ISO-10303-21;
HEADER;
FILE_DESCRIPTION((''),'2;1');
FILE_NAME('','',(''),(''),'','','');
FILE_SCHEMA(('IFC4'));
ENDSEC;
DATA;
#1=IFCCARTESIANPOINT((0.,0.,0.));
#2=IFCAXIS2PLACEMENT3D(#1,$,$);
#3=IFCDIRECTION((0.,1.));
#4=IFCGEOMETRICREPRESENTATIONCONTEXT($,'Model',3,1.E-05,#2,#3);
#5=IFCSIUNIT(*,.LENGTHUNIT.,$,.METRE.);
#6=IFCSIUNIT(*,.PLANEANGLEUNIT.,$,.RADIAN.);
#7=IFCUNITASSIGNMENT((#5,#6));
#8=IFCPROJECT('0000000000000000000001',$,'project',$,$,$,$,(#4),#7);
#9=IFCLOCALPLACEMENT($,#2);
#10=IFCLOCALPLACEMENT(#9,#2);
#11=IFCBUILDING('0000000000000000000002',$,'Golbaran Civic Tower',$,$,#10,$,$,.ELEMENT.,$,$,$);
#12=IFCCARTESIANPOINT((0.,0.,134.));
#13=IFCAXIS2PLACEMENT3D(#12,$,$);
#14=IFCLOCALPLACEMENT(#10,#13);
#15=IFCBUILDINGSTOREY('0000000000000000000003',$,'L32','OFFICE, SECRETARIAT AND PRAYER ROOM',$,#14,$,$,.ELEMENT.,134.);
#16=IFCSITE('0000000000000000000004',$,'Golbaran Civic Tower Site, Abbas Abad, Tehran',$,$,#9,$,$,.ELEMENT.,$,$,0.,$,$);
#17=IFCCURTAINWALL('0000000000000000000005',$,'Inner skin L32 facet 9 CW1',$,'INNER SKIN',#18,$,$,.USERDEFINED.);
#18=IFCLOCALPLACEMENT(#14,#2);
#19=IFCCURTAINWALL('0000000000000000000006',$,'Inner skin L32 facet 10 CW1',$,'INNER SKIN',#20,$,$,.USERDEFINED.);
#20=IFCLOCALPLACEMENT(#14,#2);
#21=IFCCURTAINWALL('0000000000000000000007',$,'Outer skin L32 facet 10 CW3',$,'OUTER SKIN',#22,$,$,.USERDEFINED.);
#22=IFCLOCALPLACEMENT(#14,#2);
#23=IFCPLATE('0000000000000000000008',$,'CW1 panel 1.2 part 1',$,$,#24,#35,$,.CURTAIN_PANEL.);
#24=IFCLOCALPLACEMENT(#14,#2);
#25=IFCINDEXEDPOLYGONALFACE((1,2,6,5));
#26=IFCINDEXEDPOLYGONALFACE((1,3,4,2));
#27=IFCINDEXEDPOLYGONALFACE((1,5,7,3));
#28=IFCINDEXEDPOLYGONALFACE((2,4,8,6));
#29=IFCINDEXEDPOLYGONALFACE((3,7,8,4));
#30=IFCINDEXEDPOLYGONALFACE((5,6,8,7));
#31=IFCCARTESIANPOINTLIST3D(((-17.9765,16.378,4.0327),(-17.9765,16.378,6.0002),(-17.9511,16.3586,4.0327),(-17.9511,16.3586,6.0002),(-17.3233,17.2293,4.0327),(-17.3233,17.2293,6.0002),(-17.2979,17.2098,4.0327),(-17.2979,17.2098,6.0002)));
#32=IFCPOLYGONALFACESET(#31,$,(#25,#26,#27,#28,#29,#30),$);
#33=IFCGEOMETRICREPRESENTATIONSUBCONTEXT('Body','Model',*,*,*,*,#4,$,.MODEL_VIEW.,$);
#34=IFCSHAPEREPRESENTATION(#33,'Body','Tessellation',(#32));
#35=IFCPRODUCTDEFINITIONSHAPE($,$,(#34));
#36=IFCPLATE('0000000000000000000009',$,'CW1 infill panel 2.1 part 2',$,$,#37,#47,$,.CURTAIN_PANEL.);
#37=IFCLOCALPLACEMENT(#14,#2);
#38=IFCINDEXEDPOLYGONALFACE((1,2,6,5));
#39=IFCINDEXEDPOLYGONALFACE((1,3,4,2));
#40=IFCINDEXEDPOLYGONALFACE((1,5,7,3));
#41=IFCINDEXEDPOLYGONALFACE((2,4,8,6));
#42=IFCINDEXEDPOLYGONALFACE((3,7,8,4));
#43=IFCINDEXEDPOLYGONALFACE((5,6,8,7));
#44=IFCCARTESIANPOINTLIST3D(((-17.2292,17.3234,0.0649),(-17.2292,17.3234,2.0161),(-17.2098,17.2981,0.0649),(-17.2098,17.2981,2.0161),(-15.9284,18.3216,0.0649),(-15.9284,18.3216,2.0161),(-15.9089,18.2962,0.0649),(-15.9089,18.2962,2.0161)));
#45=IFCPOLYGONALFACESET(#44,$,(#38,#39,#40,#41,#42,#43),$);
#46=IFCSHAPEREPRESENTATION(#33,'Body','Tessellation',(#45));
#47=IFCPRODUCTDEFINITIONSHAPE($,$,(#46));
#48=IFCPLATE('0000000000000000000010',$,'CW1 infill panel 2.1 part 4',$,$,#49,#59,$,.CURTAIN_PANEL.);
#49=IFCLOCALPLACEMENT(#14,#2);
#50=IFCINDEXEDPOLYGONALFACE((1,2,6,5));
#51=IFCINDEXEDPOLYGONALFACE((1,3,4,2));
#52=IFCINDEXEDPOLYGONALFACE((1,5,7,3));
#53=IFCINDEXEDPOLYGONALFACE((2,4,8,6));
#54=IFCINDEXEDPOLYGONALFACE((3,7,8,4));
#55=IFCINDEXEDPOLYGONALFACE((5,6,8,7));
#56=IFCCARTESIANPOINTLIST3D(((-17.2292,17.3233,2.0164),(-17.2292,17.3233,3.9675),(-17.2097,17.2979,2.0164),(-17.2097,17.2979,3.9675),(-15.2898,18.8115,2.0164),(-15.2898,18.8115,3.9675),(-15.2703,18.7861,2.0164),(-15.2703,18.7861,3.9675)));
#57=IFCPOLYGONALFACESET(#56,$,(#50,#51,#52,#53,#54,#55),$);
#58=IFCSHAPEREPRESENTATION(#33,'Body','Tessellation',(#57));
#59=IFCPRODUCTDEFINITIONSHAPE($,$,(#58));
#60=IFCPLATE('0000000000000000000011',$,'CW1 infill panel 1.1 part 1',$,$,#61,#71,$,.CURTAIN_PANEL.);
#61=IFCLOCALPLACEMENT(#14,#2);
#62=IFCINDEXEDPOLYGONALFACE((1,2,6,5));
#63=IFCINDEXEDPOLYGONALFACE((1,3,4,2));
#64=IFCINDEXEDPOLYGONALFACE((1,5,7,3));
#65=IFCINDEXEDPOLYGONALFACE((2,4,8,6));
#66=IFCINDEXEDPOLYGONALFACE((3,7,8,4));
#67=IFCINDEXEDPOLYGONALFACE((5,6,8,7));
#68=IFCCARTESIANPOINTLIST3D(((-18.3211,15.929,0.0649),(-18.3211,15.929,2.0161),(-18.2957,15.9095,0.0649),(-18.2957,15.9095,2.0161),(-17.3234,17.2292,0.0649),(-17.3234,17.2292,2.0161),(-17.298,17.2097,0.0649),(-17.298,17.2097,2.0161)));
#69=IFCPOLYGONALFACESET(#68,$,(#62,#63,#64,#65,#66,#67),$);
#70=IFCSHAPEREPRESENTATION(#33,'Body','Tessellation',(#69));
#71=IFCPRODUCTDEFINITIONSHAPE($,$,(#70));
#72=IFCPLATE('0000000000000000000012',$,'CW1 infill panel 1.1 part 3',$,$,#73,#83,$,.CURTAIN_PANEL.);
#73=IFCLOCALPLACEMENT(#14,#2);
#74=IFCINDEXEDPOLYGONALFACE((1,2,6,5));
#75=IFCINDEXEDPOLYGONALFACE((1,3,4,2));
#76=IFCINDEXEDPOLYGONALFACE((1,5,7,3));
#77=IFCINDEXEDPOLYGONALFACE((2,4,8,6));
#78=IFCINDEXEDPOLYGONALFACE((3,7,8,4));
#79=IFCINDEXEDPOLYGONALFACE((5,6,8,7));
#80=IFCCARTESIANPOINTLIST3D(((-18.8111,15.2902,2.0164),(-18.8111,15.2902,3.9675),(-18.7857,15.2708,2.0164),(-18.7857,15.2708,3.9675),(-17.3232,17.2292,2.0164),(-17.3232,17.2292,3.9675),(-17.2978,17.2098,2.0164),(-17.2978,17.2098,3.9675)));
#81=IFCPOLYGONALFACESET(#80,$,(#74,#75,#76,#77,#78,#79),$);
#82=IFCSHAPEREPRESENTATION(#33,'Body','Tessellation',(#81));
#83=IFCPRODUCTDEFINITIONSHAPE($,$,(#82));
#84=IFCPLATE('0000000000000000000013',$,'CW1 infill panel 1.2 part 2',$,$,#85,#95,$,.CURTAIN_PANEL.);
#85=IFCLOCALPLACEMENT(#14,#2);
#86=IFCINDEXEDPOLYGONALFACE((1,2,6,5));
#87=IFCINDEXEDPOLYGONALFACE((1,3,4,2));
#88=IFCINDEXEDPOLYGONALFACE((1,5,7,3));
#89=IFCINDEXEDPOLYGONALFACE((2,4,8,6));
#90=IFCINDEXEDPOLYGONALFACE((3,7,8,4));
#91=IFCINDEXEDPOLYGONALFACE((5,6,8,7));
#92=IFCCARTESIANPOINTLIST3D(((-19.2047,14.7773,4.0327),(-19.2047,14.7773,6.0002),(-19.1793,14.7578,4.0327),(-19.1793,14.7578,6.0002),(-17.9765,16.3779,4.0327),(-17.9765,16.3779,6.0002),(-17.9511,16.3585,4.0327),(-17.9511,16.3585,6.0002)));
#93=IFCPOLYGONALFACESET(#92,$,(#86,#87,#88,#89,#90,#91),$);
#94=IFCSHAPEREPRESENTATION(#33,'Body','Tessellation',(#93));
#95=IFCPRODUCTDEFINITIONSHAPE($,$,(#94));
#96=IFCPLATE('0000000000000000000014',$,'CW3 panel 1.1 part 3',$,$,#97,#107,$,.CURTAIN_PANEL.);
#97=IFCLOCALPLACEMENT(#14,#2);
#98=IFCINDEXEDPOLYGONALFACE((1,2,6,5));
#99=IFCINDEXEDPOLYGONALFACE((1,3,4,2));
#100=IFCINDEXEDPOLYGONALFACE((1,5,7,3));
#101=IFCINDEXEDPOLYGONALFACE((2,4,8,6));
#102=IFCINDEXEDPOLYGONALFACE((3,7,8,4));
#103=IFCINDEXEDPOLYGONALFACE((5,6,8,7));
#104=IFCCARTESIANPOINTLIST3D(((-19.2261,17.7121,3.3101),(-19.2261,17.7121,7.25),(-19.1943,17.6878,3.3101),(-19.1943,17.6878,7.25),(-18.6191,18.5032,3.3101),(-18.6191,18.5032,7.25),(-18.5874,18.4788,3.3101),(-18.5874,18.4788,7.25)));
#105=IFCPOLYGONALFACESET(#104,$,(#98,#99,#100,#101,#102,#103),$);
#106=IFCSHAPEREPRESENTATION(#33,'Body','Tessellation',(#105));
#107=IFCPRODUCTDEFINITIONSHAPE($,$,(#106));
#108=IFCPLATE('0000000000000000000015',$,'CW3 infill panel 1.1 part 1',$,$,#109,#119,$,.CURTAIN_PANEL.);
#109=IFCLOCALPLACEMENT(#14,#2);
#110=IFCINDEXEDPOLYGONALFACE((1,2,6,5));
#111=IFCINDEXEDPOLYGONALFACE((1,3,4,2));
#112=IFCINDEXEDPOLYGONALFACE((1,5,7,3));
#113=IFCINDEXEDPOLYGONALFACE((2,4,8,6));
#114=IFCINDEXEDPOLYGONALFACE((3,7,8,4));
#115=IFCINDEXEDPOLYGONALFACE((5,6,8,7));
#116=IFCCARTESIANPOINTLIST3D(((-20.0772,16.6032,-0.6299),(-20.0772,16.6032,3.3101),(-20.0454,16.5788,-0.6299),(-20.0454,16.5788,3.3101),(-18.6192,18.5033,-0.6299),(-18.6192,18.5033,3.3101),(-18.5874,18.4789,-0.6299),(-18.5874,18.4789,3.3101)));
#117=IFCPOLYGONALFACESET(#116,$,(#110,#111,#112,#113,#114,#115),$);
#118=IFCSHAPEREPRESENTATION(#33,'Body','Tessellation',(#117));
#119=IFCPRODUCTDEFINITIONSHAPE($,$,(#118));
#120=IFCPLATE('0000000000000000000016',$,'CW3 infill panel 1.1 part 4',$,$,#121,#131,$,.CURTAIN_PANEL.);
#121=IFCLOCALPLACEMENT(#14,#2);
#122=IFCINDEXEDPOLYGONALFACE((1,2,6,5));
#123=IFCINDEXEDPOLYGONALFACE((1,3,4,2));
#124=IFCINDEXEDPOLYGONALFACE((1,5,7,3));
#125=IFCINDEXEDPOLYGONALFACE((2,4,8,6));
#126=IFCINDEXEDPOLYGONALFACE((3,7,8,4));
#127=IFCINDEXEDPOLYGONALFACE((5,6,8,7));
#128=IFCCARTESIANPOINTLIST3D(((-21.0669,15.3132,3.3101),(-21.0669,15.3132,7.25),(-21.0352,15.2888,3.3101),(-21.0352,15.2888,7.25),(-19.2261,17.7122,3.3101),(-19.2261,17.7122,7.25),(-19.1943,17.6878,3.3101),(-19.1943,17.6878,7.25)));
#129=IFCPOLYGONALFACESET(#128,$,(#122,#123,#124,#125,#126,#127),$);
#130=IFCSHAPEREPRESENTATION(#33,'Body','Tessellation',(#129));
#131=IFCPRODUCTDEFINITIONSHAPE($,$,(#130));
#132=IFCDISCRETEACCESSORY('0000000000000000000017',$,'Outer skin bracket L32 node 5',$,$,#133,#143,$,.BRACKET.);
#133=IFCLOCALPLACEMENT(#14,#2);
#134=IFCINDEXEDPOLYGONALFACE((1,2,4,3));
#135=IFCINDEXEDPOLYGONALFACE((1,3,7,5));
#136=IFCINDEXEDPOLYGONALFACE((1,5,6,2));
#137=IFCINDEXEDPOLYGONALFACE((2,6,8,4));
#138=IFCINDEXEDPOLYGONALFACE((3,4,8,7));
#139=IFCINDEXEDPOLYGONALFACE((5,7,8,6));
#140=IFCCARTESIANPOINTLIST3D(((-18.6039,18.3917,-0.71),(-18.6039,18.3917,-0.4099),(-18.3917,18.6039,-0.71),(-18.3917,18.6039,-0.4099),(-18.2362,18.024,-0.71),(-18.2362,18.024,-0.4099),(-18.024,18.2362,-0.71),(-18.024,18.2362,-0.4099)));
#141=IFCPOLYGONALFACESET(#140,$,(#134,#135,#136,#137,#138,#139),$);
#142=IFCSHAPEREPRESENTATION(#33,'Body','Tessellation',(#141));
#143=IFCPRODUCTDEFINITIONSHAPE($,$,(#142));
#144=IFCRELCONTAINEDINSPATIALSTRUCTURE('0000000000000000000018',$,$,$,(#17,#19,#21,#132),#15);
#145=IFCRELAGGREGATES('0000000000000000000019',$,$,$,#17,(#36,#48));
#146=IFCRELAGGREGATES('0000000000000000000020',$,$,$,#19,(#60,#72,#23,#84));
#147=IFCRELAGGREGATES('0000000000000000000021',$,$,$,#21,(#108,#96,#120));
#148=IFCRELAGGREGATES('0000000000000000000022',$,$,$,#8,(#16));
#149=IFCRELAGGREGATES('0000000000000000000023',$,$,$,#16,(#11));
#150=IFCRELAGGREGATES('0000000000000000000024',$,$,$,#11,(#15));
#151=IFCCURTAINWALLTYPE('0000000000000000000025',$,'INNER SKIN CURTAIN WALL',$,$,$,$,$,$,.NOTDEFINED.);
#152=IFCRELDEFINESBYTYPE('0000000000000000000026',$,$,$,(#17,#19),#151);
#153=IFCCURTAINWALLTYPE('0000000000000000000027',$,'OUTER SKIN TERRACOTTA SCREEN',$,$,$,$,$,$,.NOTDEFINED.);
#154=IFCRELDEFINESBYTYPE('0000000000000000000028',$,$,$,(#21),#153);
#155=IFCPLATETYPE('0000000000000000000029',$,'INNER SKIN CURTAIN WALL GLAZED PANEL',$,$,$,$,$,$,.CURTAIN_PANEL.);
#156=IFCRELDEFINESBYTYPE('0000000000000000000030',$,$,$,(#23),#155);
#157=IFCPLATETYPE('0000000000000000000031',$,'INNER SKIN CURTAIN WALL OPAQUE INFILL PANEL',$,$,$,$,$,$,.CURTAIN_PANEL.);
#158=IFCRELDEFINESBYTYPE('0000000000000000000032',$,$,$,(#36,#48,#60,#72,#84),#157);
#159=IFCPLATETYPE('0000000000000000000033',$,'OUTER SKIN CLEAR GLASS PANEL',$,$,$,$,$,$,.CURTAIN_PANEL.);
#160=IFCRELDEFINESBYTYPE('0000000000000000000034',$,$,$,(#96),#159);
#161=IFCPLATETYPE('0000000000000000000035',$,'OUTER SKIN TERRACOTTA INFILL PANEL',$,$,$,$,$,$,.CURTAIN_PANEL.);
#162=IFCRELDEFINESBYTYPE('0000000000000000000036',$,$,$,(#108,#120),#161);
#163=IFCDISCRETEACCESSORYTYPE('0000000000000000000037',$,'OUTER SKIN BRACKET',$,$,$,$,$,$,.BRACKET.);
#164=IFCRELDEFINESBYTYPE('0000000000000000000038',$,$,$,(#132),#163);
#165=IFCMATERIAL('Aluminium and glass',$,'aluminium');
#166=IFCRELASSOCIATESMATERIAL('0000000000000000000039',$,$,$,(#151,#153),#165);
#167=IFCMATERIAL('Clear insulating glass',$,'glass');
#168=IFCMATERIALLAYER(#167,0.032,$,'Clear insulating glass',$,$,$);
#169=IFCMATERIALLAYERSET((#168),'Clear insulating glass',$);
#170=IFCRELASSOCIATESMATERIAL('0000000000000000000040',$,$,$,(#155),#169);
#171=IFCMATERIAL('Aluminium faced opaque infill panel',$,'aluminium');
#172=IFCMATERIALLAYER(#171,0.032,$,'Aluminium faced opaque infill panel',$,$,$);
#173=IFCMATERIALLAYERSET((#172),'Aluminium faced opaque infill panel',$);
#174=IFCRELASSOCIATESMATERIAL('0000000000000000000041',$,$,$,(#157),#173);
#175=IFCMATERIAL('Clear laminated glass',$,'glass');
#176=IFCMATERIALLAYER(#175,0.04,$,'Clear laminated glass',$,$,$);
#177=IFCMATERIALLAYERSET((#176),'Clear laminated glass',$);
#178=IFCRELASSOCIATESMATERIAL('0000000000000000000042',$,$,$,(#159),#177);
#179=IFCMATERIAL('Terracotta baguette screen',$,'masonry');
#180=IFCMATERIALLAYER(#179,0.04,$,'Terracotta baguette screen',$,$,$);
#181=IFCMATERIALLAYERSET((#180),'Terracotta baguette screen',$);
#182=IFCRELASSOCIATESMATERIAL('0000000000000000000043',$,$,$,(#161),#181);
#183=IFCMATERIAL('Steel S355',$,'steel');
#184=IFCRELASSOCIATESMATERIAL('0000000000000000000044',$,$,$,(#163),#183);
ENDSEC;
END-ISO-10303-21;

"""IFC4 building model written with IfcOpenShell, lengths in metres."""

from ifc_helpers import new_model, si_unit, direction, frame, origin, origin_2d, place, context, subcontext, project, spatial, rectangle, extrude, material, layer, layer_set, type_object, element, aggregate, save


model = new_model("IFC4")

# Units and contexts
model_context = context("Model", 3, precision=1e-05, world=origin(), true_north=direction((0.0, 1.0)))
body_context = subcontext(model_context, "Body", "Model", "MODEL_VIEW")
ifc_project = project(units=[si_unit("LENGTHUNIT", "METRE"), si_unit("PLANEANGLEUNIT", "RADIAN")], contexts=[model_context])

# Site, building, storey
site_placement = place(None, origin())
site = spatial("IfcSite", under=ifc_project, at=site_placement, Name="Golbaran Civic Tower Site, Abbas Abad, Tehran", CompositionType="ELEMENT", RefElevation=0.0)
building_placement = place(site_placement, origin())
building = spatial("IfcBuilding", under=site, at=building_placement, Name="Golbaran Civic Tower", CompositionType="ELEMENT")
storey_placement = place(building_placement, frame((0.0, 0.0, 134.0)))
storey = spatial("IfcBuildingStorey", under=building, at=storey_placement, Name="L32", Description="OFFICE, SECRETARIAT AND PRAYER ROOM", CompositionType="ELEMENT", Elevation=134.0)

# Shared definitions
ifc_material_1 = material(Name="Steel S355", Category="steel")

# Curtain wall
ifc_material_2 = material(Name="Aluminium and glass", Category="aluminium")
curtain_wall_type_1 = type_object("IfcCurtainWallType", Name="INNER SKIN CURTAIN WALL", PredefinedType="NOTDEFINED", material=ifc_material_2)
curtain_wall_1_placement = place(storey_placement, origin())
curtain_wall_1 = element("IfcCurtainWall", 1, at=curtain_wall_1_placement, inside=storey, type_object=curtain_wall_type_1, Name="Inner skin L32 facet 9 CW1", ObjectType="INNER SKIN", PredefinedType="USERDEFINED")

# Curtain wall
curtain_wall_2_placement = place(storey_placement, origin())
curtain_wall_2 = element("IfcCurtainWall", 2, at=curtain_wall_2_placement, inside=storey, type_object=curtain_wall_type_1, Name="Inner skin L32 facet 10 CW1", ObjectType="INNER SKIN", PredefinedType="USERDEFINED")

# Shared definitions
curtain_wall_type_2 = type_object("IfcCurtainWallType", Name="OUTER SKIN TERRACOTTA SCREEN", PredefinedType="NOTDEFINED", material=ifc_material_2)

# Curtain wall
curtain_wall_3_placement = place(storey_placement, origin())
curtain_wall_3 = element("IfcCurtainWall", 3, at=curtain_wall_3_placement, inside=storey, type_object=curtain_wall_type_2, Name="Outer skin L32 facet 10 CW3", ObjectType="OUTER SKIN", PredefinedType="USERDEFINED")

# Plates
ifc_material_3 = material(Name="Clear insulating glass", Category="glass")
ifc_layer_1 = layer(ifc_material_3, 0.032, Name="Clear insulating glass")
ifc_layer_set_1 = layer_set([ifc_layer_1], Name="Clear insulating glass")
plate_type_1 = type_object("IfcPlateType", Name="INNER SKIN CURTAIN WALL GLAZED PANEL", PredefinedType="CURTAIN_PANEL", material=ifc_layer_set_1)
plate_1_placement = place(storey_placement, frame((-17.6372, 16.7939, 4.0327), z_axis=(0.0, 0.0, 1.0), x_axis=(-0.608761, -0.793353, 0.0)))
plate_1 = element("IfcPlate", 4, at=plate_1_placement, type_object=plate_type_1, Name="CW1 panel 1.2 part 1", PredefinedType="CURTAIN_PANEL", context=body_context, shape_type="SweptSolid", body=[
    extrude(rectangle(XDim=1.073, YDim=0.032, at=origin_2d()), origin(), (0.0, 0.0, 1.0), 1.9675),
])
ifc_material_4 = material(Name="Aluminium faced opaque infill panel", Category="aluminium")
ifc_layer_2 = layer(ifc_material_4, 0.032, Name="Aluminium faced opaque infill panel")
ifc_layer_set_2 = layer_set([ifc_layer_2], Name="Aluminium faced opaque infill panel")
plate_type_2 = type_object("IfcPlateType", Name="INNER SKIN CURTAIN WALL OPAQUE INFILL PANEL", PredefinedType="CURTAIN_PANEL", material=ifc_layer_set_2)
plate_2_placement = place(storey_placement, frame((-16.5691, 17.8098, 0.0649), z_axis=(0.0, 0.0, 1.0), x_axis=(-0.793353, -0.608761, 0.0)))
plate_2 = element("IfcPlate", 5, at=plate_2_placement, type_object=plate_type_2, Name="CW1 infill panel 2.1 part 2", PredefinedType="CURTAIN_PANEL", context=body_context, shape_type="SweptSolid", body=[
    extrude(rectangle(XDim=1.6396, YDim=0.032, at=origin_2d()), origin(), (0.0, 0.0, 1.0), 1.9512),
])
plate_3_placement = place(storey_placement, frame((-16.2498, 18.0547, 2.0164), z_axis=(0.0, 0.0, 1.0), x_axis=(-0.793353, -0.608761, 0.0)))
plate_3 = element("IfcPlate", 6, at=plate_3_placement, type_object=plate_type_2, Name="CW1 infill panel 2.1 part 4", PredefinedType="CURTAIN_PANEL", context=body_context, shape_type="SweptSolid", body=[
    extrude(rectangle(XDim=2.4446, YDim=0.032, at=origin_2d()), origin(), (0.0, 0.0, 1.0), 1.9512),
])
aggregate(curtain_wall_1, [plate_2, plate_3])
plate_4_placement = place(storey_placement, frame((-17.8096, 16.5693, 0.0649), z_axis=(0.0, 0.0, 1.0), x_axis=(-0.608761, -0.793353, 0.0)))
plate_4 = element("IfcPlate", 7, at=plate_4_placement, type_object=plate_type_2, Name="CW1 infill panel 1.1 part 1", PredefinedType="CURTAIN_PANEL", context=body_context, shape_type="SweptSolid", body=[
    extrude(rectangle(XDim=1.6389, YDim=0.032, at=origin_2d()), origin(), (0.0, 0.0, 1.0), 1.9512),
])
plate_5_placement = place(storey_placement, frame((-18.0544, 16.25, 2.0164), z_axis=(0.0, 0.0, 1.0), x_axis=(-0.608761, -0.793353, 0.0)))
plate_5 = element("IfcPlate", 8, at=plate_5_placement, type_object=plate_type_2, Name="CW1 infill panel 1.1 part 3", PredefinedType="CURTAIN_PANEL", context=body_context, shape_type="SweptSolid", body=[
    extrude(rectangle(XDim=2.4441, YDim=0.032, at=origin_2d()), origin(), (0.0, 0.0, 1.0), 1.9512),
])
plate_6_placement = place(storey_placement, frame((-18.5779, 15.5679, 4.0327), z_axis=(0.0, 0.0, 1.0), x_axis=(-0.608761, -0.793353, 0.0)))
plate_6 = element("IfcPlate", 9, at=plate_6_placement, type_object=plate_type_2, Name="CW1 infill panel 1.2 part 2", PredefinedType="CURTAIN_PANEL", context=body_context, shape_type="SweptSolid", body=[
    extrude(rectangle(XDim=2.0176, YDim=0.032, at=origin_2d()), origin(), (0.0, 0.0, 1.0), 1.9675),
])
aggregate(curtain_wall_2, [plate_4, plate_5, plate_1, plate_6])
ifc_material_5 = material(Name="Clear laminated glass", Category="glass")
ifc_layer_3 = layer(ifc_material_5, 0.04, Name="Clear laminated glass")
ifc_layer_set_3 = layer_set([ifc_layer_3], Name="Clear laminated glass")
plate_type_3 = type_object("IfcPlateType", Name="OUTER SKIN CLEAR GLASS PANEL", PredefinedType="CURTAIN_PANEL", material=ifc_layer_set_3)
plate_7_placement = place(storey_placement, frame((-18.9067, 18.0955, 3.3101), z_axis=(0.0, 0.0, 1.0), x_axis=(-0.608761, -0.793353, 0.0)))
plate_7 = element("IfcPlate", 10, at=plate_7_placement, type_object=plate_type_3, Name="CW3 panel 1.1 part 3", PredefinedType="CURTAIN_PANEL", context=body_context, shape_type="SweptSolid", body=[
    extrude(rectangle(XDim=0.9971, YDim=0.04, at=origin_2d()), origin(), (0.0, 0.0, 1.0), 3.9399),
])
ifc_material_6 = material(Name="Terracotta baguette screen", Category="masonry")
ifc_layer_4 = layer(ifc_material_6, 0.04, Name="Terracotta baguette screen")
ifc_layer_set_4 = layer_set([ifc_layer_4], Name="Terracotta baguette screen")
plate_type_4 = type_object("IfcPlateType", Name="OUTER SKIN TERRACOTTA INFILL PANEL", PredefinedType="CURTAIN_PANEL", material=ifc_layer_set_4)
plate_8_placement = place(storey_placement, frame((-19.3323, 17.541, -0.6299), z_axis=(0.0, 0.0, 1.0), x_axis=(-0.608761, -0.793353, 0.0)))
plate_8 = element("IfcPlate", 11, at=plate_8_placement, type_object=plate_type_4, Name="CW3 infill panel 1.1 part 1", PredefinedType="CURTAIN_PANEL", context=body_context, shape_type="SweptSolid", body=[
    extrude(rectangle(XDim=2.395, YDim=0.04, at=origin_2d()), origin(), (0.0, 0.0, 1.0), 3.9399),
])
plate_9_placement = place(storey_placement, frame((-20.1306, 16.5005, 3.3101), z_axis=(0.0, 0.0, 1.0), x_axis=(-0.608761, -0.793353, 0.0)))
plate_9 = element("IfcPlate", 12, at=plate_9_placement, type_object=plate_type_4, Name="CW3 infill panel 1.1 part 4", PredefinedType="CURTAIN_PANEL", context=body_context, shape_type="SweptSolid", body=[
    extrude(rectangle(XDim=3.0239, YDim=0.04, at=origin_2d()), origin(), (0.0, 0.0, 1.0), 3.9399),
])
aggregate(curtain_wall_3, [plate_8, plate_7, plate_9])

# Discrete accessory
discrete_accessory_type = type_object("IfcDiscreteAccessoryType", Name="OUTER SKIN BRACKET", PredefinedType="BRACKET", material=ifc_material_1)
discrete_accessory_placement = place(storey_placement, frame((-18.314, 18.314, -0.71), z_axis=(0.0, 0.0, 1.0), x_axis=(-0.707107, 0.707107, 0.0)))
element("IfcDiscreteAccessory", 13, at=discrete_accessory_placement, inside=storey, type_object=discrete_accessory_type, Name="Outer skin bracket L32 node 5", PredefinedType="BRACKET", context=body_context, shape_type="SweptSolid", body=[
    extrude(rectangle(XDim=0.52, YDim=0.3, at=origin_2d()), origin(), (0.0, 0.0, 1.0), 0.3),
])

save(model, "model.ifc")
